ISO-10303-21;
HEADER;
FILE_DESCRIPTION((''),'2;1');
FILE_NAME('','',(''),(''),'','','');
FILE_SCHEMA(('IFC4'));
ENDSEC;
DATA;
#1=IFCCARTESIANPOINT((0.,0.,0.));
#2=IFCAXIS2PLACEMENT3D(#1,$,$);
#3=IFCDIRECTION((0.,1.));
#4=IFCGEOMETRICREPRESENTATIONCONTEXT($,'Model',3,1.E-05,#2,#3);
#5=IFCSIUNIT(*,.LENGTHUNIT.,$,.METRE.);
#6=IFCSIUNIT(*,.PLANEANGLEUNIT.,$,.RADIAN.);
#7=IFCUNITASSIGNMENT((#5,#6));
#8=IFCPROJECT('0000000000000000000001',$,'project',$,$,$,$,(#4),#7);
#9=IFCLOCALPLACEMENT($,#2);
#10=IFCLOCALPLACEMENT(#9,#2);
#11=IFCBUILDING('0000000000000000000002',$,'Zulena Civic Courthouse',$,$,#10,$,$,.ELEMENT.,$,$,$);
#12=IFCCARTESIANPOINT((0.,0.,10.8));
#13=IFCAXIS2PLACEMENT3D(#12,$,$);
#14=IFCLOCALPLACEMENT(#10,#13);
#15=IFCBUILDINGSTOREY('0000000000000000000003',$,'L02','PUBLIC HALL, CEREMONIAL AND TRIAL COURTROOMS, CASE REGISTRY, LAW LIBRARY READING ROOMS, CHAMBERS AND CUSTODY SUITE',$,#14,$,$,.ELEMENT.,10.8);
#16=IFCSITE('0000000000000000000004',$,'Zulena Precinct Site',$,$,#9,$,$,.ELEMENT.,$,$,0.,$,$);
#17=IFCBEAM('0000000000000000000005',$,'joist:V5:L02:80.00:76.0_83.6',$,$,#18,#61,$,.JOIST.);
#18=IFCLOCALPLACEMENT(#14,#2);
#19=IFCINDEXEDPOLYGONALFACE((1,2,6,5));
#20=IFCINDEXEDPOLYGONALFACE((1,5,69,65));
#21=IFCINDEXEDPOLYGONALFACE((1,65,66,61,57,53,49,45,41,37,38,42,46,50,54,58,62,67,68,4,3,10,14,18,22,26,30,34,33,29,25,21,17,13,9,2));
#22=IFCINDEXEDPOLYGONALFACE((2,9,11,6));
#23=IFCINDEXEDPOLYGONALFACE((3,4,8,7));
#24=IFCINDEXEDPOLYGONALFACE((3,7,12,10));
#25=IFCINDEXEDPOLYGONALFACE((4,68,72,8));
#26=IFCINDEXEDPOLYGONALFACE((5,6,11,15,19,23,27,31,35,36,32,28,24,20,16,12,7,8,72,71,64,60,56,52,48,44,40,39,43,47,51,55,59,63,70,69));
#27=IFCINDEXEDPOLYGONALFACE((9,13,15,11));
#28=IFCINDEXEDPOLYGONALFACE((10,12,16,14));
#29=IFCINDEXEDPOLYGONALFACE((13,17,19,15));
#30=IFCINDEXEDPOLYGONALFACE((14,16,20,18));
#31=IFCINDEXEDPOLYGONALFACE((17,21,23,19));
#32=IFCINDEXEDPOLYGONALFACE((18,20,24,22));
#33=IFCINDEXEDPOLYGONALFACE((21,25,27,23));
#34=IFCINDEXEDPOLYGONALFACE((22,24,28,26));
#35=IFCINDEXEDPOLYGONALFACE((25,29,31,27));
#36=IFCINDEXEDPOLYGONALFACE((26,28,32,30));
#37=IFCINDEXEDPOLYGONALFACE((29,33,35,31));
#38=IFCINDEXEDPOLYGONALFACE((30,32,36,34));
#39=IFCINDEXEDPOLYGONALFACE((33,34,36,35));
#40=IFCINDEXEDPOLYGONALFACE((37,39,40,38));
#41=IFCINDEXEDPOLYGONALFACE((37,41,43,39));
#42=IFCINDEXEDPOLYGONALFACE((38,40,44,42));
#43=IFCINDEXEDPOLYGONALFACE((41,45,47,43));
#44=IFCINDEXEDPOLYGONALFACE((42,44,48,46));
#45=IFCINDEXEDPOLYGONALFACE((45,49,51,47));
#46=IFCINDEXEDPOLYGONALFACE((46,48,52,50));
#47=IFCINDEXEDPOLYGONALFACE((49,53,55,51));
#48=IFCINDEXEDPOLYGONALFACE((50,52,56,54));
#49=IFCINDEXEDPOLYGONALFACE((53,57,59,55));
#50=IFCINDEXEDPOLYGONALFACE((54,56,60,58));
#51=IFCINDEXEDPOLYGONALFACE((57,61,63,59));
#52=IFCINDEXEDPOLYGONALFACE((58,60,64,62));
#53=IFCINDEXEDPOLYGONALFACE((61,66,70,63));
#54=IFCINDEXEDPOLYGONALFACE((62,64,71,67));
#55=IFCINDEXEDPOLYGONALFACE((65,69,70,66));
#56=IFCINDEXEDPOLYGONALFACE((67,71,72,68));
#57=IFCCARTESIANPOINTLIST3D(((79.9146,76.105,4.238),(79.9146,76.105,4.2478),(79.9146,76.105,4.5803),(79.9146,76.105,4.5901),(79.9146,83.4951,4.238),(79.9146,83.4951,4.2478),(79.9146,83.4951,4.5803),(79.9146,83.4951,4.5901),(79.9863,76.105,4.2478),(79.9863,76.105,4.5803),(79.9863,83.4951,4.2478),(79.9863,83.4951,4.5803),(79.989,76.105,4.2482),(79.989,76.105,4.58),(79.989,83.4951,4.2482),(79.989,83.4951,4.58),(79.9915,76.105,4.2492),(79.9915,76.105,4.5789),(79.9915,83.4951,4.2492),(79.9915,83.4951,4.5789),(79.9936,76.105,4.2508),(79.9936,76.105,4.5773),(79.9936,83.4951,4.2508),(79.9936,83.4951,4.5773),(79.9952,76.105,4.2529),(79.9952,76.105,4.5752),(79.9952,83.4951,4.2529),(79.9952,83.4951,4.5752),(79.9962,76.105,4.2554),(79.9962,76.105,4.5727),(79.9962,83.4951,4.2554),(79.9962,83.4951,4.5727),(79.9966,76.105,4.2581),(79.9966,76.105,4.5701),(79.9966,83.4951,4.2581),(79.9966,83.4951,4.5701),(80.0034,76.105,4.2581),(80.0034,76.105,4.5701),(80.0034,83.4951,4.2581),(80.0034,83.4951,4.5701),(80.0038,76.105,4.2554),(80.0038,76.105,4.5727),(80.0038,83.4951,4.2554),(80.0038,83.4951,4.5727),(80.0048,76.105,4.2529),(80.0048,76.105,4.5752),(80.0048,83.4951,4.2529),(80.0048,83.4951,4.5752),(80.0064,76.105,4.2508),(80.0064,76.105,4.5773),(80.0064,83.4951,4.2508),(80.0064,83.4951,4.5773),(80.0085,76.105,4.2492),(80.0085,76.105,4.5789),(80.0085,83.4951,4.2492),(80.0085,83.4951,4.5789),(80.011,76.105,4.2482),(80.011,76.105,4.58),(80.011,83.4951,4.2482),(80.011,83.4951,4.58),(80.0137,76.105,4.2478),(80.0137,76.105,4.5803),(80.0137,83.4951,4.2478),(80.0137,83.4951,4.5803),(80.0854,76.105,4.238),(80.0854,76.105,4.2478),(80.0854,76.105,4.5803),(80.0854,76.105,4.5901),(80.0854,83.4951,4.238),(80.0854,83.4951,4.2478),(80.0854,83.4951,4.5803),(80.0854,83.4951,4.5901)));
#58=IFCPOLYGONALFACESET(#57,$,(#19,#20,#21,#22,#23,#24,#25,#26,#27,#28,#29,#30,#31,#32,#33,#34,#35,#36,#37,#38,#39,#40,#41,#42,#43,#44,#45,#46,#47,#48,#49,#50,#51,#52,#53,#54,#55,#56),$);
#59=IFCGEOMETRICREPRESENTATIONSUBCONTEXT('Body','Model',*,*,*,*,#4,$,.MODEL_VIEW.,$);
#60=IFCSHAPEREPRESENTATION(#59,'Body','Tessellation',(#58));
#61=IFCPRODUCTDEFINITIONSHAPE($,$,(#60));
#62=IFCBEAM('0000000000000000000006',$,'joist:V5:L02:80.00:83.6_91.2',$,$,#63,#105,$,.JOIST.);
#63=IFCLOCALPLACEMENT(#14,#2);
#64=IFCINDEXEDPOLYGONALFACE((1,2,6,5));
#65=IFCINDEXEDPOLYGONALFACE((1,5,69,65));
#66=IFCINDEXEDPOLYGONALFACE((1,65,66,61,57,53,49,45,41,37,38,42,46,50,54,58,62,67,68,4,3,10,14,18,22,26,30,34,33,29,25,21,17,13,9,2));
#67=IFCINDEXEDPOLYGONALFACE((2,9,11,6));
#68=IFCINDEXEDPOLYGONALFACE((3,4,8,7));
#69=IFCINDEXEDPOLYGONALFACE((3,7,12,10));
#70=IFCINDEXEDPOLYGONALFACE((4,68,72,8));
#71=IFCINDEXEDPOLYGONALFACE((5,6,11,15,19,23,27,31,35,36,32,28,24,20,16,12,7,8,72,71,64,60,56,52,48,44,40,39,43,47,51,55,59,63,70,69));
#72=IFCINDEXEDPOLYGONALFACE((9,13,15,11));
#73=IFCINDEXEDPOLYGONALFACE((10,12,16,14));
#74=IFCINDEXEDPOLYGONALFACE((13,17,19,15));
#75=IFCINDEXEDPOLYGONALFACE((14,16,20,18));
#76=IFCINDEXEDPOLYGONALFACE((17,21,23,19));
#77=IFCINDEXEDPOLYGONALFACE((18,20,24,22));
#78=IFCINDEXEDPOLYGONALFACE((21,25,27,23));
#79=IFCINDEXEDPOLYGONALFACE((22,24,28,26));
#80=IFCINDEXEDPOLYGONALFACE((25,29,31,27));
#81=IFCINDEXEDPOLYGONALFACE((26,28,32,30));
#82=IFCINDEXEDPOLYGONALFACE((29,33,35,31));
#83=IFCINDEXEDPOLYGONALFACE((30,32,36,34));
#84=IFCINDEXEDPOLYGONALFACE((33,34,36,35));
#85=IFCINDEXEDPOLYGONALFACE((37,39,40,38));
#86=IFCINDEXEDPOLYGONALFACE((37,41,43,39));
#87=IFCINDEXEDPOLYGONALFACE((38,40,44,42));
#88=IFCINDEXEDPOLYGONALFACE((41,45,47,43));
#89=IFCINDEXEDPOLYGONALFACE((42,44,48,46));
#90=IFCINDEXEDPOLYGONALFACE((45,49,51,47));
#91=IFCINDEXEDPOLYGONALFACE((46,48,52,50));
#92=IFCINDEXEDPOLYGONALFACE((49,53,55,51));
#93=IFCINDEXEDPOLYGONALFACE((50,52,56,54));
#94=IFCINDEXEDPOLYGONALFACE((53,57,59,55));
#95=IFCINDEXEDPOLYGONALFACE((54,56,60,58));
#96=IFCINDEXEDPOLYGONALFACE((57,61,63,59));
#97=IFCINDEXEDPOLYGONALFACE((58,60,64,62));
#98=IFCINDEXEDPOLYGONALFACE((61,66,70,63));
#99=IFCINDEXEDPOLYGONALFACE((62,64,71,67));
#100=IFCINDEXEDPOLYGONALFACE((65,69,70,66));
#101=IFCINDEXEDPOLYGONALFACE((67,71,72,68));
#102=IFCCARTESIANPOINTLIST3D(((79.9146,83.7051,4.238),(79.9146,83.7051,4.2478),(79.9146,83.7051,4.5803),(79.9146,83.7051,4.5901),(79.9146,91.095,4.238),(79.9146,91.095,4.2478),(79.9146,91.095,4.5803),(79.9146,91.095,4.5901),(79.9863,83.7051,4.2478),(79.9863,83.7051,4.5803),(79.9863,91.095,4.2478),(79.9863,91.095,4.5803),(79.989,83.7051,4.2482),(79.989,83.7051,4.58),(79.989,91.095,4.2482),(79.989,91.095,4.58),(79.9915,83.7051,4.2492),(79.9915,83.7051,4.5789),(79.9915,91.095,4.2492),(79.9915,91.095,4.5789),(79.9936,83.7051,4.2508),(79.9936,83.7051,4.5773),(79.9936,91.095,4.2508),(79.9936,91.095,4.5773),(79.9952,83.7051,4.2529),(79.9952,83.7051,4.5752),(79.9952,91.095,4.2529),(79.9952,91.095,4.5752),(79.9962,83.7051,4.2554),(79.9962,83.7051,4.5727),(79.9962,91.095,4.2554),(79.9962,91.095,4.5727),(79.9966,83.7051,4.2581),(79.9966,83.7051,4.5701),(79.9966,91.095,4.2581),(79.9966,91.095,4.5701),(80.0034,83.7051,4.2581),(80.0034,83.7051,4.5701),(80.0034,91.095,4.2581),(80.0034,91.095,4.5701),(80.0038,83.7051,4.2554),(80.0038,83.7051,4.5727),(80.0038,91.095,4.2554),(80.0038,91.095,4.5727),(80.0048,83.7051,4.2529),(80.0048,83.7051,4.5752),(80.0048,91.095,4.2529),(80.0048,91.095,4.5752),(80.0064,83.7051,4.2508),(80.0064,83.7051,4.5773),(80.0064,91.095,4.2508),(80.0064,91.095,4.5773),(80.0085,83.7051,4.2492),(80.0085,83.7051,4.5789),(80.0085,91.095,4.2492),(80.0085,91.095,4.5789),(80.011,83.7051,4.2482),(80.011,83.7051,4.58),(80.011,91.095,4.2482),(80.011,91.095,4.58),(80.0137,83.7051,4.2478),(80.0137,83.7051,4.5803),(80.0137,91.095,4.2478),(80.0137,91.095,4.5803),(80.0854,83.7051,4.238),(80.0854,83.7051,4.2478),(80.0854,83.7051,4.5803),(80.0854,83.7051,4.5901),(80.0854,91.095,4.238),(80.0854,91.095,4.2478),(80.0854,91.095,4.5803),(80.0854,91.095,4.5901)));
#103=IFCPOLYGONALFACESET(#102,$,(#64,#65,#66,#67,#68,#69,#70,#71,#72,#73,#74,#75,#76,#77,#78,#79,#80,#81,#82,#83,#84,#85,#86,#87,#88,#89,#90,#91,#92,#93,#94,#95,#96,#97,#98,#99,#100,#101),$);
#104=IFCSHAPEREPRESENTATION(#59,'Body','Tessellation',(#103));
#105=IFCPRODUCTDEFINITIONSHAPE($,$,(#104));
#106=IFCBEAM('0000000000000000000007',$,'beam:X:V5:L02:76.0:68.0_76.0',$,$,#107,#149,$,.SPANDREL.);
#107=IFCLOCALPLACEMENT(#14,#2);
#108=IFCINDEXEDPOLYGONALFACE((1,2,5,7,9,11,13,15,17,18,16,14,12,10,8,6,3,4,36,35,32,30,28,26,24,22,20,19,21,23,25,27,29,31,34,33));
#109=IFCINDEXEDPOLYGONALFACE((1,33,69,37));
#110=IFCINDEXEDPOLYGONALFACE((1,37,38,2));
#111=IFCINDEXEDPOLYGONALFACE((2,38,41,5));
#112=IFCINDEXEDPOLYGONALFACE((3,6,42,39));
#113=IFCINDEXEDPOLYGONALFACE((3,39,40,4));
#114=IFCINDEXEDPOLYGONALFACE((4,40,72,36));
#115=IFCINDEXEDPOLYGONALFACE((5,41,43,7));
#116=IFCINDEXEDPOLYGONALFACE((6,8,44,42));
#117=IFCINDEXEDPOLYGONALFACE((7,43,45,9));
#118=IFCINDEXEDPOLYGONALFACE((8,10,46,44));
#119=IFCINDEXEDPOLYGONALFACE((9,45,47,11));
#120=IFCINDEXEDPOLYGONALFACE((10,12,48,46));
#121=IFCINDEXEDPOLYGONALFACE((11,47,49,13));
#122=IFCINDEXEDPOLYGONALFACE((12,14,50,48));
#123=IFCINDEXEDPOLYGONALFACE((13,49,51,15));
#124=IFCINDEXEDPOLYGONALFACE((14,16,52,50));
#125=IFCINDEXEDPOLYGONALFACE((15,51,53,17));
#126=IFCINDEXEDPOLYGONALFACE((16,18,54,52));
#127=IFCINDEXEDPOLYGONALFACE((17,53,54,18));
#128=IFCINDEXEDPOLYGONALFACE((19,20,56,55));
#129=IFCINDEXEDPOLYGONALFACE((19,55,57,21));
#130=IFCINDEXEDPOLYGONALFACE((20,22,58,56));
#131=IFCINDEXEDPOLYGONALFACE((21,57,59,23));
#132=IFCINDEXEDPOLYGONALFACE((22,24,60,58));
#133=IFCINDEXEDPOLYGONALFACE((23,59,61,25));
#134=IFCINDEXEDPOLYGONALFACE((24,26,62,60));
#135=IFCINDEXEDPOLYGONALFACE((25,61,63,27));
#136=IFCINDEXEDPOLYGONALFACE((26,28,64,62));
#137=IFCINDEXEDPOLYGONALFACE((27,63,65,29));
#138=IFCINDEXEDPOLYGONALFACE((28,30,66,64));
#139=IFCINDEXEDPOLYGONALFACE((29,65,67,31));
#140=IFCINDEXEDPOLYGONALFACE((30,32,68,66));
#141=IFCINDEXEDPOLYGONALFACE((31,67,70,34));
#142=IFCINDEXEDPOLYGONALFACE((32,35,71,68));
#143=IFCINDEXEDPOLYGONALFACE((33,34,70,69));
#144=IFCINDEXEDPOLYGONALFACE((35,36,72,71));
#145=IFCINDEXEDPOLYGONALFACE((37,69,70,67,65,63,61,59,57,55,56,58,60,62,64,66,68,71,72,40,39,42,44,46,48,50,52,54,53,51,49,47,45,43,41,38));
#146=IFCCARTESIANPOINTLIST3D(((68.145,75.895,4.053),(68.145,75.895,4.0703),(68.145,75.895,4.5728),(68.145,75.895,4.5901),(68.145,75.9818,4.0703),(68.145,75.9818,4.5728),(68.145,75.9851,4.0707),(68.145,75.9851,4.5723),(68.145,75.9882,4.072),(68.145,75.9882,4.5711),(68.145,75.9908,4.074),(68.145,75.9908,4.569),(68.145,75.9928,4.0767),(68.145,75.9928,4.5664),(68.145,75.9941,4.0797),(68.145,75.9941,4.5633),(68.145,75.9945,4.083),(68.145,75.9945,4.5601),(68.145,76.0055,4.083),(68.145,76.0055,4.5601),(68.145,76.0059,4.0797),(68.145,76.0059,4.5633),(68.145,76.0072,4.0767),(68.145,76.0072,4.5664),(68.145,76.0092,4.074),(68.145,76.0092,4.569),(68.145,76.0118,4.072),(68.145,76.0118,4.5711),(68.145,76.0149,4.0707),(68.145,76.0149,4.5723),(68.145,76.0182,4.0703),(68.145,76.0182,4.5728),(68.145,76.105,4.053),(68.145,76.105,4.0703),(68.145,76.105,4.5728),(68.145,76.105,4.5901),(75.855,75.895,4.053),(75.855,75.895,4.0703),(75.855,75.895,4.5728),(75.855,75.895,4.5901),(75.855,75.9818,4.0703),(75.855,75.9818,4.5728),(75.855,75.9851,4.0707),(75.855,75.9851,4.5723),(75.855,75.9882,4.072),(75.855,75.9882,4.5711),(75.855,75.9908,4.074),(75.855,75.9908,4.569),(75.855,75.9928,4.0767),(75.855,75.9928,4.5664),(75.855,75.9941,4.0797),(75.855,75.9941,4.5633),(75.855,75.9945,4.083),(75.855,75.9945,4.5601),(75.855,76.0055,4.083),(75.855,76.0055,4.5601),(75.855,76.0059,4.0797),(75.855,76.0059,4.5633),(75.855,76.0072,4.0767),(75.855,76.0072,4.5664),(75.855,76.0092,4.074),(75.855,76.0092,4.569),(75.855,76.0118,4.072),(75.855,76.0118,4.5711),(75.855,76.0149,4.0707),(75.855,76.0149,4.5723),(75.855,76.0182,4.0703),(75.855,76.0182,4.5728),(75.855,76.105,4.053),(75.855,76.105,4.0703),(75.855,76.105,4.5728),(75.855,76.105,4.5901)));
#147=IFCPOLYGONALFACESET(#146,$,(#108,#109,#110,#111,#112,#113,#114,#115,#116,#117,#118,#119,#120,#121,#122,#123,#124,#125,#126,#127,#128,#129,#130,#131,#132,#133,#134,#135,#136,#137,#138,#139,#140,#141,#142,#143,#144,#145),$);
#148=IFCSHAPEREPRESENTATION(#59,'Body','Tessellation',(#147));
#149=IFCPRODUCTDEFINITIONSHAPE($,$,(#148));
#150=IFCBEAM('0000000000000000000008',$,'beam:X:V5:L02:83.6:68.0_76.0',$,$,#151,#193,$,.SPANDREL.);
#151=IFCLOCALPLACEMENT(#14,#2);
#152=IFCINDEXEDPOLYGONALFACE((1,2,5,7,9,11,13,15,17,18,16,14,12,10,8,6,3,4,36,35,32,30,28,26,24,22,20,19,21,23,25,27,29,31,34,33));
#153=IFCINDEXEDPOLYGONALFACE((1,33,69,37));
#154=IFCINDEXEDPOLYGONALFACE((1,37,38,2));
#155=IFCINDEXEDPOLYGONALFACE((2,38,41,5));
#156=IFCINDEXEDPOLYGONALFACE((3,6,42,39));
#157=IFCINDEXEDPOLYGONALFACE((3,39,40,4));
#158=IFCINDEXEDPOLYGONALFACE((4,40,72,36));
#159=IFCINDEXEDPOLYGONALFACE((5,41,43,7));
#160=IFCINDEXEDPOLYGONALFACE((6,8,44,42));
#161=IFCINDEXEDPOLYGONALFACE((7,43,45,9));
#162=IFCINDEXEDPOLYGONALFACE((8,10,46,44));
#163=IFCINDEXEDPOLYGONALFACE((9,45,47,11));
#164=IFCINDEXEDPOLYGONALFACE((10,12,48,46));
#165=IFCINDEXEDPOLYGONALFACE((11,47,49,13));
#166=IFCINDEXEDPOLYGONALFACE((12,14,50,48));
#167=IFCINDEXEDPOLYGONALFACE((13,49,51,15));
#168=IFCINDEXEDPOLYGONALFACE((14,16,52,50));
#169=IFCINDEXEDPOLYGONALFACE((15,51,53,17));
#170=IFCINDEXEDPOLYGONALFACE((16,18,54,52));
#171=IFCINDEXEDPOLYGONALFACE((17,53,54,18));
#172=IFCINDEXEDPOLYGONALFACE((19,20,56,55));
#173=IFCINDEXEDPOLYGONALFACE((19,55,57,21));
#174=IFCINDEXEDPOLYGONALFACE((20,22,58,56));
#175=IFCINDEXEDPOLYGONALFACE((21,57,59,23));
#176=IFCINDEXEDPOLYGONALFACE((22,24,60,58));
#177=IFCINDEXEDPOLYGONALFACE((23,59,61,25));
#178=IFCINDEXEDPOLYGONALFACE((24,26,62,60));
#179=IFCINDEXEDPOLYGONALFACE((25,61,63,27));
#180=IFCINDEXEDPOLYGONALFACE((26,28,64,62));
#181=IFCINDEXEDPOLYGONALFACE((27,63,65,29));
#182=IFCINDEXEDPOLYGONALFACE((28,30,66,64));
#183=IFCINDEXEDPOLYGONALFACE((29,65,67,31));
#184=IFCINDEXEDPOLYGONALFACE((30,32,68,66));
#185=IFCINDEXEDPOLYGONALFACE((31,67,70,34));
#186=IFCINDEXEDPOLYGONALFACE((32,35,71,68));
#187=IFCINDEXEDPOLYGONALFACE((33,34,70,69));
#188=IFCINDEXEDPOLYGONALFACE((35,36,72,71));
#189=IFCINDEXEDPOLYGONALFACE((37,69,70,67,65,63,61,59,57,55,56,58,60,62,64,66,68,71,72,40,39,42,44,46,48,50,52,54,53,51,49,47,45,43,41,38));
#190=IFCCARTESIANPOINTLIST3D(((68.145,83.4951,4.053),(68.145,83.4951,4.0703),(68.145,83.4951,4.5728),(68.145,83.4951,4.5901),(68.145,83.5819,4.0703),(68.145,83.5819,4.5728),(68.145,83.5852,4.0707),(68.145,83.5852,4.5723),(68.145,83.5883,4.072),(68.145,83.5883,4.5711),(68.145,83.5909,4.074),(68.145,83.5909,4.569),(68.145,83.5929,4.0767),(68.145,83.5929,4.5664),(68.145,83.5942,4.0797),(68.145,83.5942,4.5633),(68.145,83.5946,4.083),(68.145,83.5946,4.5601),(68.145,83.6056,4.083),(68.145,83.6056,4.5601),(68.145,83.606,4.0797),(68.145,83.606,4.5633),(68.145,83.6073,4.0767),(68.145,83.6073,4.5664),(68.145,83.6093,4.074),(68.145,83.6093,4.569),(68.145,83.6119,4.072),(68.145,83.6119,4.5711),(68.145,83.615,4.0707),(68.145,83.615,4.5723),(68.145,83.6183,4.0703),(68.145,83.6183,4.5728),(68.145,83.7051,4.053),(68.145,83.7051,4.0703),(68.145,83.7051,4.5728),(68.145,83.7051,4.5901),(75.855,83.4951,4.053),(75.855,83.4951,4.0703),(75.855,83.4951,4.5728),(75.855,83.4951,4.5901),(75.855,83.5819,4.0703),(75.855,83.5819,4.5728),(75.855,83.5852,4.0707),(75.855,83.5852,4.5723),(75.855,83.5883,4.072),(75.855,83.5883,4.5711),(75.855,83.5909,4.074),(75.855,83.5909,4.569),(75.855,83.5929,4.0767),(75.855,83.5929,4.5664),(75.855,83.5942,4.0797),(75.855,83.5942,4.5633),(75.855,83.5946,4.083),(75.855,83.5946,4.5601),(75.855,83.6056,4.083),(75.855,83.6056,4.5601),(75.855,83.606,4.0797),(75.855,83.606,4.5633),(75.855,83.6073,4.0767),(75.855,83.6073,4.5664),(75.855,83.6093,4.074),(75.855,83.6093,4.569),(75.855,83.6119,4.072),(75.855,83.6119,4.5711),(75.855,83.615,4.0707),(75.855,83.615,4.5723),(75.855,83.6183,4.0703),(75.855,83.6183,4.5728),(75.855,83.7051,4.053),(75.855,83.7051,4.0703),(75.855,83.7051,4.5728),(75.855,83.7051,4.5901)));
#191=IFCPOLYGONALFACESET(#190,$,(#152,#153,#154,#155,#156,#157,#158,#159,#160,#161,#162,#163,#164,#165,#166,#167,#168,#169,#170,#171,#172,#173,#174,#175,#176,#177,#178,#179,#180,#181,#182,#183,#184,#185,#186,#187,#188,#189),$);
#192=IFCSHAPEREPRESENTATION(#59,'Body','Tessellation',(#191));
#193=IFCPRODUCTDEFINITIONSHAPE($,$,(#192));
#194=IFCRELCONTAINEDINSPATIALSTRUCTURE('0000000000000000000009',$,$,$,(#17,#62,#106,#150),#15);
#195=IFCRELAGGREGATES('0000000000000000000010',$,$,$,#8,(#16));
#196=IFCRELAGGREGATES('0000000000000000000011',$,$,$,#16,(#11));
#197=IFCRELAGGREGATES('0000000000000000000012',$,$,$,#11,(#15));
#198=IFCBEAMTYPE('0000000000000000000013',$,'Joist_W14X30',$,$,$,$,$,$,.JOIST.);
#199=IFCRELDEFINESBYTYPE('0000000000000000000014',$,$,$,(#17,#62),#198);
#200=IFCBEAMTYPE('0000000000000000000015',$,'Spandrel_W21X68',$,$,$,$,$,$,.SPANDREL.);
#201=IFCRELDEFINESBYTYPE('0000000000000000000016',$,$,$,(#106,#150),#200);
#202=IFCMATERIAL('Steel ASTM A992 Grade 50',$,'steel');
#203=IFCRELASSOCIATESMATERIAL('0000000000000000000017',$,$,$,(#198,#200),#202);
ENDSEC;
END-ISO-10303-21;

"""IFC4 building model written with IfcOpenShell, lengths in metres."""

from ifc_helpers import new_model, si_unit, direction, frame, origin, origin_2d, place, context, subcontext, project, spatial, i_section, extrude, material, material_profile, profile_set, type_object, element, save


model = new_model("IFC4")

# Units and contexts
model_context = context("Model", 3, precision=1e-05, world=origin(), true_north=direction((0.0, 1.0)))
body_context = subcontext(model_context, "Body", "Model", "MODEL_VIEW")
ifc_project = project(units=[si_unit("LENGTHUNIT", "METRE"), si_unit("PLANEANGLEUNIT", "RADIAN")], contexts=[model_context])

# Site, building, storey
site_placement = place(None, origin())
site = spatial("IfcSite", under=ifc_project, at=site_placement, Name="Zulena Precinct Site", CompositionType="ELEMENT", RefElevation=0.0)
building_placement = place(site_placement, origin())
building = spatial("IfcBuilding", under=site, at=building_placement, Name="Zulena Civic Courthouse", CompositionType="ELEMENT")
storey_placement = place(building_placement, frame((0.0, 0.0, 10.8)))
storey = spatial("IfcBuildingStorey", under=building, at=storey_placement, Name="L02", Description="PUBLIC HALL, CEREMONIAL AND TRIAL COURTROOMS, CASE REGISTRY, LAW LIBRARY READING ROOMS, CHAMBERS AND CUSTODY SUITE", CompositionType="ELEMENT", Elevation=10.8)

# Shared definitions
ifc_material_1 = material(Name="Steel ASTM A992 Grade 50", Category="steel")

# Beams
ifc_material_profile_1 = material_profile(ifc_material_1, i_section(OverallWidth=0.1709, OverallDepth=0.3521, WebThickness=0.0068, FlangeThickness=0.0098, FilletRadius=0.0103, at=origin_2d()), Name="W14X30")
ifc_profile_set_1 = profile_set([ifc_material_profile_1], Name="Steel ASTM A992 Grade 50")
beam_type_1 = type_object("IfcBeamType", Name="Joist_W14X30", PredefinedType="JOIST", material=ifc_profile_set_1)
beam_1_placement = place(storey_placement, frame((80.0, 76.105, 4.4141), z_axis=(0.0, 1.0, 0.0), x_axis=(-1.0, 0.0, 0.0)))
element("IfcBeam", 1, at=beam_1_placement, inside=storey, type_object=beam_type_1, Name="joist:V5:L02:80.00:76.0_83.6", PredefinedType="JOIST", context=body_context, shape_type="SweptSolid", body=[
    extrude(i_section(OverallWidth=0.1709, OverallDepth=0.3521, WebThickness=0.0068, FlangeThickness=0.0098, FilletRadius=0.0103, at=origin_2d()), origin(), (0.0, 0.0, 1.0), 7.3901),
])
beam_2_placement = place(storey_placement, frame((80.0, 83.7051, 4.4141), z_axis=(0.0, 1.0, 0.0), x_axis=(-1.0, 0.0, 0.0)))
element("IfcBeam", 2, at=beam_2_placement, inside=storey, type_object=beam_type_1, Name="joist:V5:L02:80.00:83.6_91.2", PredefinedType="JOIST", context=body_context, shape_type="SweptSolid", body=[
    extrude(i_section(OverallWidth=0.1709, OverallDepth=0.3521, WebThickness=0.0068, FlangeThickness=0.0098, FilletRadius=0.0103, at=origin_2d()), origin(), (0.0, 0.0, 1.0), 7.3899),
])
ifc_material_profile_2 = material_profile(ifc_material_1, i_section(OverallWidth=0.21, OverallDepth=0.5371, WebThickness=0.011, FlangeThickness=0.0173, FilletRadius=0.0127, at=origin_2d()), Name="W21X68")
ifc_profile_set_2 = profile_set([ifc_material_profile_2], Name="Steel ASTM A992 Grade 50")
beam_type_2 = type_object("IfcBeamType", Name="Spandrel_W21X68", PredefinedType="SPANDREL", material=ifc_profile_set_2)
for number, where, z_axis, x_axis, name in (
    (3, (68.145, 76.0, 4.3215), (1.0, 0.0, 0.0), (0.0, 1.0, 0.0), "beam:X:V5:L02:76.0:68.0_76.0"),
    (4, (68.145, 83.6001, 4.3215), (1.0, 0.0, 0.0), (0.0, 1.0, 0.0), "beam:X:V5:L02:83.6:68.0_76.0"),
):
    element("IfcBeam", number, at=place(storey_placement, frame(where, z_axis=z_axis, x_axis=x_axis)), inside=storey, type_object=beam_type_2, Name=name, PredefinedType="SPANDREL", context=body_context, shape_type="SweptSolid", body=[
        extrude(i_section(OverallWidth=0.21, OverallDepth=0.5371, WebThickness=0.011, FlangeThickness=0.0173, FilletRadius=0.0127, at=origin_2d()), origin(), (0.0, 0.0, 1.0), 7.71),
    ])

save(model, "model.ifc")
